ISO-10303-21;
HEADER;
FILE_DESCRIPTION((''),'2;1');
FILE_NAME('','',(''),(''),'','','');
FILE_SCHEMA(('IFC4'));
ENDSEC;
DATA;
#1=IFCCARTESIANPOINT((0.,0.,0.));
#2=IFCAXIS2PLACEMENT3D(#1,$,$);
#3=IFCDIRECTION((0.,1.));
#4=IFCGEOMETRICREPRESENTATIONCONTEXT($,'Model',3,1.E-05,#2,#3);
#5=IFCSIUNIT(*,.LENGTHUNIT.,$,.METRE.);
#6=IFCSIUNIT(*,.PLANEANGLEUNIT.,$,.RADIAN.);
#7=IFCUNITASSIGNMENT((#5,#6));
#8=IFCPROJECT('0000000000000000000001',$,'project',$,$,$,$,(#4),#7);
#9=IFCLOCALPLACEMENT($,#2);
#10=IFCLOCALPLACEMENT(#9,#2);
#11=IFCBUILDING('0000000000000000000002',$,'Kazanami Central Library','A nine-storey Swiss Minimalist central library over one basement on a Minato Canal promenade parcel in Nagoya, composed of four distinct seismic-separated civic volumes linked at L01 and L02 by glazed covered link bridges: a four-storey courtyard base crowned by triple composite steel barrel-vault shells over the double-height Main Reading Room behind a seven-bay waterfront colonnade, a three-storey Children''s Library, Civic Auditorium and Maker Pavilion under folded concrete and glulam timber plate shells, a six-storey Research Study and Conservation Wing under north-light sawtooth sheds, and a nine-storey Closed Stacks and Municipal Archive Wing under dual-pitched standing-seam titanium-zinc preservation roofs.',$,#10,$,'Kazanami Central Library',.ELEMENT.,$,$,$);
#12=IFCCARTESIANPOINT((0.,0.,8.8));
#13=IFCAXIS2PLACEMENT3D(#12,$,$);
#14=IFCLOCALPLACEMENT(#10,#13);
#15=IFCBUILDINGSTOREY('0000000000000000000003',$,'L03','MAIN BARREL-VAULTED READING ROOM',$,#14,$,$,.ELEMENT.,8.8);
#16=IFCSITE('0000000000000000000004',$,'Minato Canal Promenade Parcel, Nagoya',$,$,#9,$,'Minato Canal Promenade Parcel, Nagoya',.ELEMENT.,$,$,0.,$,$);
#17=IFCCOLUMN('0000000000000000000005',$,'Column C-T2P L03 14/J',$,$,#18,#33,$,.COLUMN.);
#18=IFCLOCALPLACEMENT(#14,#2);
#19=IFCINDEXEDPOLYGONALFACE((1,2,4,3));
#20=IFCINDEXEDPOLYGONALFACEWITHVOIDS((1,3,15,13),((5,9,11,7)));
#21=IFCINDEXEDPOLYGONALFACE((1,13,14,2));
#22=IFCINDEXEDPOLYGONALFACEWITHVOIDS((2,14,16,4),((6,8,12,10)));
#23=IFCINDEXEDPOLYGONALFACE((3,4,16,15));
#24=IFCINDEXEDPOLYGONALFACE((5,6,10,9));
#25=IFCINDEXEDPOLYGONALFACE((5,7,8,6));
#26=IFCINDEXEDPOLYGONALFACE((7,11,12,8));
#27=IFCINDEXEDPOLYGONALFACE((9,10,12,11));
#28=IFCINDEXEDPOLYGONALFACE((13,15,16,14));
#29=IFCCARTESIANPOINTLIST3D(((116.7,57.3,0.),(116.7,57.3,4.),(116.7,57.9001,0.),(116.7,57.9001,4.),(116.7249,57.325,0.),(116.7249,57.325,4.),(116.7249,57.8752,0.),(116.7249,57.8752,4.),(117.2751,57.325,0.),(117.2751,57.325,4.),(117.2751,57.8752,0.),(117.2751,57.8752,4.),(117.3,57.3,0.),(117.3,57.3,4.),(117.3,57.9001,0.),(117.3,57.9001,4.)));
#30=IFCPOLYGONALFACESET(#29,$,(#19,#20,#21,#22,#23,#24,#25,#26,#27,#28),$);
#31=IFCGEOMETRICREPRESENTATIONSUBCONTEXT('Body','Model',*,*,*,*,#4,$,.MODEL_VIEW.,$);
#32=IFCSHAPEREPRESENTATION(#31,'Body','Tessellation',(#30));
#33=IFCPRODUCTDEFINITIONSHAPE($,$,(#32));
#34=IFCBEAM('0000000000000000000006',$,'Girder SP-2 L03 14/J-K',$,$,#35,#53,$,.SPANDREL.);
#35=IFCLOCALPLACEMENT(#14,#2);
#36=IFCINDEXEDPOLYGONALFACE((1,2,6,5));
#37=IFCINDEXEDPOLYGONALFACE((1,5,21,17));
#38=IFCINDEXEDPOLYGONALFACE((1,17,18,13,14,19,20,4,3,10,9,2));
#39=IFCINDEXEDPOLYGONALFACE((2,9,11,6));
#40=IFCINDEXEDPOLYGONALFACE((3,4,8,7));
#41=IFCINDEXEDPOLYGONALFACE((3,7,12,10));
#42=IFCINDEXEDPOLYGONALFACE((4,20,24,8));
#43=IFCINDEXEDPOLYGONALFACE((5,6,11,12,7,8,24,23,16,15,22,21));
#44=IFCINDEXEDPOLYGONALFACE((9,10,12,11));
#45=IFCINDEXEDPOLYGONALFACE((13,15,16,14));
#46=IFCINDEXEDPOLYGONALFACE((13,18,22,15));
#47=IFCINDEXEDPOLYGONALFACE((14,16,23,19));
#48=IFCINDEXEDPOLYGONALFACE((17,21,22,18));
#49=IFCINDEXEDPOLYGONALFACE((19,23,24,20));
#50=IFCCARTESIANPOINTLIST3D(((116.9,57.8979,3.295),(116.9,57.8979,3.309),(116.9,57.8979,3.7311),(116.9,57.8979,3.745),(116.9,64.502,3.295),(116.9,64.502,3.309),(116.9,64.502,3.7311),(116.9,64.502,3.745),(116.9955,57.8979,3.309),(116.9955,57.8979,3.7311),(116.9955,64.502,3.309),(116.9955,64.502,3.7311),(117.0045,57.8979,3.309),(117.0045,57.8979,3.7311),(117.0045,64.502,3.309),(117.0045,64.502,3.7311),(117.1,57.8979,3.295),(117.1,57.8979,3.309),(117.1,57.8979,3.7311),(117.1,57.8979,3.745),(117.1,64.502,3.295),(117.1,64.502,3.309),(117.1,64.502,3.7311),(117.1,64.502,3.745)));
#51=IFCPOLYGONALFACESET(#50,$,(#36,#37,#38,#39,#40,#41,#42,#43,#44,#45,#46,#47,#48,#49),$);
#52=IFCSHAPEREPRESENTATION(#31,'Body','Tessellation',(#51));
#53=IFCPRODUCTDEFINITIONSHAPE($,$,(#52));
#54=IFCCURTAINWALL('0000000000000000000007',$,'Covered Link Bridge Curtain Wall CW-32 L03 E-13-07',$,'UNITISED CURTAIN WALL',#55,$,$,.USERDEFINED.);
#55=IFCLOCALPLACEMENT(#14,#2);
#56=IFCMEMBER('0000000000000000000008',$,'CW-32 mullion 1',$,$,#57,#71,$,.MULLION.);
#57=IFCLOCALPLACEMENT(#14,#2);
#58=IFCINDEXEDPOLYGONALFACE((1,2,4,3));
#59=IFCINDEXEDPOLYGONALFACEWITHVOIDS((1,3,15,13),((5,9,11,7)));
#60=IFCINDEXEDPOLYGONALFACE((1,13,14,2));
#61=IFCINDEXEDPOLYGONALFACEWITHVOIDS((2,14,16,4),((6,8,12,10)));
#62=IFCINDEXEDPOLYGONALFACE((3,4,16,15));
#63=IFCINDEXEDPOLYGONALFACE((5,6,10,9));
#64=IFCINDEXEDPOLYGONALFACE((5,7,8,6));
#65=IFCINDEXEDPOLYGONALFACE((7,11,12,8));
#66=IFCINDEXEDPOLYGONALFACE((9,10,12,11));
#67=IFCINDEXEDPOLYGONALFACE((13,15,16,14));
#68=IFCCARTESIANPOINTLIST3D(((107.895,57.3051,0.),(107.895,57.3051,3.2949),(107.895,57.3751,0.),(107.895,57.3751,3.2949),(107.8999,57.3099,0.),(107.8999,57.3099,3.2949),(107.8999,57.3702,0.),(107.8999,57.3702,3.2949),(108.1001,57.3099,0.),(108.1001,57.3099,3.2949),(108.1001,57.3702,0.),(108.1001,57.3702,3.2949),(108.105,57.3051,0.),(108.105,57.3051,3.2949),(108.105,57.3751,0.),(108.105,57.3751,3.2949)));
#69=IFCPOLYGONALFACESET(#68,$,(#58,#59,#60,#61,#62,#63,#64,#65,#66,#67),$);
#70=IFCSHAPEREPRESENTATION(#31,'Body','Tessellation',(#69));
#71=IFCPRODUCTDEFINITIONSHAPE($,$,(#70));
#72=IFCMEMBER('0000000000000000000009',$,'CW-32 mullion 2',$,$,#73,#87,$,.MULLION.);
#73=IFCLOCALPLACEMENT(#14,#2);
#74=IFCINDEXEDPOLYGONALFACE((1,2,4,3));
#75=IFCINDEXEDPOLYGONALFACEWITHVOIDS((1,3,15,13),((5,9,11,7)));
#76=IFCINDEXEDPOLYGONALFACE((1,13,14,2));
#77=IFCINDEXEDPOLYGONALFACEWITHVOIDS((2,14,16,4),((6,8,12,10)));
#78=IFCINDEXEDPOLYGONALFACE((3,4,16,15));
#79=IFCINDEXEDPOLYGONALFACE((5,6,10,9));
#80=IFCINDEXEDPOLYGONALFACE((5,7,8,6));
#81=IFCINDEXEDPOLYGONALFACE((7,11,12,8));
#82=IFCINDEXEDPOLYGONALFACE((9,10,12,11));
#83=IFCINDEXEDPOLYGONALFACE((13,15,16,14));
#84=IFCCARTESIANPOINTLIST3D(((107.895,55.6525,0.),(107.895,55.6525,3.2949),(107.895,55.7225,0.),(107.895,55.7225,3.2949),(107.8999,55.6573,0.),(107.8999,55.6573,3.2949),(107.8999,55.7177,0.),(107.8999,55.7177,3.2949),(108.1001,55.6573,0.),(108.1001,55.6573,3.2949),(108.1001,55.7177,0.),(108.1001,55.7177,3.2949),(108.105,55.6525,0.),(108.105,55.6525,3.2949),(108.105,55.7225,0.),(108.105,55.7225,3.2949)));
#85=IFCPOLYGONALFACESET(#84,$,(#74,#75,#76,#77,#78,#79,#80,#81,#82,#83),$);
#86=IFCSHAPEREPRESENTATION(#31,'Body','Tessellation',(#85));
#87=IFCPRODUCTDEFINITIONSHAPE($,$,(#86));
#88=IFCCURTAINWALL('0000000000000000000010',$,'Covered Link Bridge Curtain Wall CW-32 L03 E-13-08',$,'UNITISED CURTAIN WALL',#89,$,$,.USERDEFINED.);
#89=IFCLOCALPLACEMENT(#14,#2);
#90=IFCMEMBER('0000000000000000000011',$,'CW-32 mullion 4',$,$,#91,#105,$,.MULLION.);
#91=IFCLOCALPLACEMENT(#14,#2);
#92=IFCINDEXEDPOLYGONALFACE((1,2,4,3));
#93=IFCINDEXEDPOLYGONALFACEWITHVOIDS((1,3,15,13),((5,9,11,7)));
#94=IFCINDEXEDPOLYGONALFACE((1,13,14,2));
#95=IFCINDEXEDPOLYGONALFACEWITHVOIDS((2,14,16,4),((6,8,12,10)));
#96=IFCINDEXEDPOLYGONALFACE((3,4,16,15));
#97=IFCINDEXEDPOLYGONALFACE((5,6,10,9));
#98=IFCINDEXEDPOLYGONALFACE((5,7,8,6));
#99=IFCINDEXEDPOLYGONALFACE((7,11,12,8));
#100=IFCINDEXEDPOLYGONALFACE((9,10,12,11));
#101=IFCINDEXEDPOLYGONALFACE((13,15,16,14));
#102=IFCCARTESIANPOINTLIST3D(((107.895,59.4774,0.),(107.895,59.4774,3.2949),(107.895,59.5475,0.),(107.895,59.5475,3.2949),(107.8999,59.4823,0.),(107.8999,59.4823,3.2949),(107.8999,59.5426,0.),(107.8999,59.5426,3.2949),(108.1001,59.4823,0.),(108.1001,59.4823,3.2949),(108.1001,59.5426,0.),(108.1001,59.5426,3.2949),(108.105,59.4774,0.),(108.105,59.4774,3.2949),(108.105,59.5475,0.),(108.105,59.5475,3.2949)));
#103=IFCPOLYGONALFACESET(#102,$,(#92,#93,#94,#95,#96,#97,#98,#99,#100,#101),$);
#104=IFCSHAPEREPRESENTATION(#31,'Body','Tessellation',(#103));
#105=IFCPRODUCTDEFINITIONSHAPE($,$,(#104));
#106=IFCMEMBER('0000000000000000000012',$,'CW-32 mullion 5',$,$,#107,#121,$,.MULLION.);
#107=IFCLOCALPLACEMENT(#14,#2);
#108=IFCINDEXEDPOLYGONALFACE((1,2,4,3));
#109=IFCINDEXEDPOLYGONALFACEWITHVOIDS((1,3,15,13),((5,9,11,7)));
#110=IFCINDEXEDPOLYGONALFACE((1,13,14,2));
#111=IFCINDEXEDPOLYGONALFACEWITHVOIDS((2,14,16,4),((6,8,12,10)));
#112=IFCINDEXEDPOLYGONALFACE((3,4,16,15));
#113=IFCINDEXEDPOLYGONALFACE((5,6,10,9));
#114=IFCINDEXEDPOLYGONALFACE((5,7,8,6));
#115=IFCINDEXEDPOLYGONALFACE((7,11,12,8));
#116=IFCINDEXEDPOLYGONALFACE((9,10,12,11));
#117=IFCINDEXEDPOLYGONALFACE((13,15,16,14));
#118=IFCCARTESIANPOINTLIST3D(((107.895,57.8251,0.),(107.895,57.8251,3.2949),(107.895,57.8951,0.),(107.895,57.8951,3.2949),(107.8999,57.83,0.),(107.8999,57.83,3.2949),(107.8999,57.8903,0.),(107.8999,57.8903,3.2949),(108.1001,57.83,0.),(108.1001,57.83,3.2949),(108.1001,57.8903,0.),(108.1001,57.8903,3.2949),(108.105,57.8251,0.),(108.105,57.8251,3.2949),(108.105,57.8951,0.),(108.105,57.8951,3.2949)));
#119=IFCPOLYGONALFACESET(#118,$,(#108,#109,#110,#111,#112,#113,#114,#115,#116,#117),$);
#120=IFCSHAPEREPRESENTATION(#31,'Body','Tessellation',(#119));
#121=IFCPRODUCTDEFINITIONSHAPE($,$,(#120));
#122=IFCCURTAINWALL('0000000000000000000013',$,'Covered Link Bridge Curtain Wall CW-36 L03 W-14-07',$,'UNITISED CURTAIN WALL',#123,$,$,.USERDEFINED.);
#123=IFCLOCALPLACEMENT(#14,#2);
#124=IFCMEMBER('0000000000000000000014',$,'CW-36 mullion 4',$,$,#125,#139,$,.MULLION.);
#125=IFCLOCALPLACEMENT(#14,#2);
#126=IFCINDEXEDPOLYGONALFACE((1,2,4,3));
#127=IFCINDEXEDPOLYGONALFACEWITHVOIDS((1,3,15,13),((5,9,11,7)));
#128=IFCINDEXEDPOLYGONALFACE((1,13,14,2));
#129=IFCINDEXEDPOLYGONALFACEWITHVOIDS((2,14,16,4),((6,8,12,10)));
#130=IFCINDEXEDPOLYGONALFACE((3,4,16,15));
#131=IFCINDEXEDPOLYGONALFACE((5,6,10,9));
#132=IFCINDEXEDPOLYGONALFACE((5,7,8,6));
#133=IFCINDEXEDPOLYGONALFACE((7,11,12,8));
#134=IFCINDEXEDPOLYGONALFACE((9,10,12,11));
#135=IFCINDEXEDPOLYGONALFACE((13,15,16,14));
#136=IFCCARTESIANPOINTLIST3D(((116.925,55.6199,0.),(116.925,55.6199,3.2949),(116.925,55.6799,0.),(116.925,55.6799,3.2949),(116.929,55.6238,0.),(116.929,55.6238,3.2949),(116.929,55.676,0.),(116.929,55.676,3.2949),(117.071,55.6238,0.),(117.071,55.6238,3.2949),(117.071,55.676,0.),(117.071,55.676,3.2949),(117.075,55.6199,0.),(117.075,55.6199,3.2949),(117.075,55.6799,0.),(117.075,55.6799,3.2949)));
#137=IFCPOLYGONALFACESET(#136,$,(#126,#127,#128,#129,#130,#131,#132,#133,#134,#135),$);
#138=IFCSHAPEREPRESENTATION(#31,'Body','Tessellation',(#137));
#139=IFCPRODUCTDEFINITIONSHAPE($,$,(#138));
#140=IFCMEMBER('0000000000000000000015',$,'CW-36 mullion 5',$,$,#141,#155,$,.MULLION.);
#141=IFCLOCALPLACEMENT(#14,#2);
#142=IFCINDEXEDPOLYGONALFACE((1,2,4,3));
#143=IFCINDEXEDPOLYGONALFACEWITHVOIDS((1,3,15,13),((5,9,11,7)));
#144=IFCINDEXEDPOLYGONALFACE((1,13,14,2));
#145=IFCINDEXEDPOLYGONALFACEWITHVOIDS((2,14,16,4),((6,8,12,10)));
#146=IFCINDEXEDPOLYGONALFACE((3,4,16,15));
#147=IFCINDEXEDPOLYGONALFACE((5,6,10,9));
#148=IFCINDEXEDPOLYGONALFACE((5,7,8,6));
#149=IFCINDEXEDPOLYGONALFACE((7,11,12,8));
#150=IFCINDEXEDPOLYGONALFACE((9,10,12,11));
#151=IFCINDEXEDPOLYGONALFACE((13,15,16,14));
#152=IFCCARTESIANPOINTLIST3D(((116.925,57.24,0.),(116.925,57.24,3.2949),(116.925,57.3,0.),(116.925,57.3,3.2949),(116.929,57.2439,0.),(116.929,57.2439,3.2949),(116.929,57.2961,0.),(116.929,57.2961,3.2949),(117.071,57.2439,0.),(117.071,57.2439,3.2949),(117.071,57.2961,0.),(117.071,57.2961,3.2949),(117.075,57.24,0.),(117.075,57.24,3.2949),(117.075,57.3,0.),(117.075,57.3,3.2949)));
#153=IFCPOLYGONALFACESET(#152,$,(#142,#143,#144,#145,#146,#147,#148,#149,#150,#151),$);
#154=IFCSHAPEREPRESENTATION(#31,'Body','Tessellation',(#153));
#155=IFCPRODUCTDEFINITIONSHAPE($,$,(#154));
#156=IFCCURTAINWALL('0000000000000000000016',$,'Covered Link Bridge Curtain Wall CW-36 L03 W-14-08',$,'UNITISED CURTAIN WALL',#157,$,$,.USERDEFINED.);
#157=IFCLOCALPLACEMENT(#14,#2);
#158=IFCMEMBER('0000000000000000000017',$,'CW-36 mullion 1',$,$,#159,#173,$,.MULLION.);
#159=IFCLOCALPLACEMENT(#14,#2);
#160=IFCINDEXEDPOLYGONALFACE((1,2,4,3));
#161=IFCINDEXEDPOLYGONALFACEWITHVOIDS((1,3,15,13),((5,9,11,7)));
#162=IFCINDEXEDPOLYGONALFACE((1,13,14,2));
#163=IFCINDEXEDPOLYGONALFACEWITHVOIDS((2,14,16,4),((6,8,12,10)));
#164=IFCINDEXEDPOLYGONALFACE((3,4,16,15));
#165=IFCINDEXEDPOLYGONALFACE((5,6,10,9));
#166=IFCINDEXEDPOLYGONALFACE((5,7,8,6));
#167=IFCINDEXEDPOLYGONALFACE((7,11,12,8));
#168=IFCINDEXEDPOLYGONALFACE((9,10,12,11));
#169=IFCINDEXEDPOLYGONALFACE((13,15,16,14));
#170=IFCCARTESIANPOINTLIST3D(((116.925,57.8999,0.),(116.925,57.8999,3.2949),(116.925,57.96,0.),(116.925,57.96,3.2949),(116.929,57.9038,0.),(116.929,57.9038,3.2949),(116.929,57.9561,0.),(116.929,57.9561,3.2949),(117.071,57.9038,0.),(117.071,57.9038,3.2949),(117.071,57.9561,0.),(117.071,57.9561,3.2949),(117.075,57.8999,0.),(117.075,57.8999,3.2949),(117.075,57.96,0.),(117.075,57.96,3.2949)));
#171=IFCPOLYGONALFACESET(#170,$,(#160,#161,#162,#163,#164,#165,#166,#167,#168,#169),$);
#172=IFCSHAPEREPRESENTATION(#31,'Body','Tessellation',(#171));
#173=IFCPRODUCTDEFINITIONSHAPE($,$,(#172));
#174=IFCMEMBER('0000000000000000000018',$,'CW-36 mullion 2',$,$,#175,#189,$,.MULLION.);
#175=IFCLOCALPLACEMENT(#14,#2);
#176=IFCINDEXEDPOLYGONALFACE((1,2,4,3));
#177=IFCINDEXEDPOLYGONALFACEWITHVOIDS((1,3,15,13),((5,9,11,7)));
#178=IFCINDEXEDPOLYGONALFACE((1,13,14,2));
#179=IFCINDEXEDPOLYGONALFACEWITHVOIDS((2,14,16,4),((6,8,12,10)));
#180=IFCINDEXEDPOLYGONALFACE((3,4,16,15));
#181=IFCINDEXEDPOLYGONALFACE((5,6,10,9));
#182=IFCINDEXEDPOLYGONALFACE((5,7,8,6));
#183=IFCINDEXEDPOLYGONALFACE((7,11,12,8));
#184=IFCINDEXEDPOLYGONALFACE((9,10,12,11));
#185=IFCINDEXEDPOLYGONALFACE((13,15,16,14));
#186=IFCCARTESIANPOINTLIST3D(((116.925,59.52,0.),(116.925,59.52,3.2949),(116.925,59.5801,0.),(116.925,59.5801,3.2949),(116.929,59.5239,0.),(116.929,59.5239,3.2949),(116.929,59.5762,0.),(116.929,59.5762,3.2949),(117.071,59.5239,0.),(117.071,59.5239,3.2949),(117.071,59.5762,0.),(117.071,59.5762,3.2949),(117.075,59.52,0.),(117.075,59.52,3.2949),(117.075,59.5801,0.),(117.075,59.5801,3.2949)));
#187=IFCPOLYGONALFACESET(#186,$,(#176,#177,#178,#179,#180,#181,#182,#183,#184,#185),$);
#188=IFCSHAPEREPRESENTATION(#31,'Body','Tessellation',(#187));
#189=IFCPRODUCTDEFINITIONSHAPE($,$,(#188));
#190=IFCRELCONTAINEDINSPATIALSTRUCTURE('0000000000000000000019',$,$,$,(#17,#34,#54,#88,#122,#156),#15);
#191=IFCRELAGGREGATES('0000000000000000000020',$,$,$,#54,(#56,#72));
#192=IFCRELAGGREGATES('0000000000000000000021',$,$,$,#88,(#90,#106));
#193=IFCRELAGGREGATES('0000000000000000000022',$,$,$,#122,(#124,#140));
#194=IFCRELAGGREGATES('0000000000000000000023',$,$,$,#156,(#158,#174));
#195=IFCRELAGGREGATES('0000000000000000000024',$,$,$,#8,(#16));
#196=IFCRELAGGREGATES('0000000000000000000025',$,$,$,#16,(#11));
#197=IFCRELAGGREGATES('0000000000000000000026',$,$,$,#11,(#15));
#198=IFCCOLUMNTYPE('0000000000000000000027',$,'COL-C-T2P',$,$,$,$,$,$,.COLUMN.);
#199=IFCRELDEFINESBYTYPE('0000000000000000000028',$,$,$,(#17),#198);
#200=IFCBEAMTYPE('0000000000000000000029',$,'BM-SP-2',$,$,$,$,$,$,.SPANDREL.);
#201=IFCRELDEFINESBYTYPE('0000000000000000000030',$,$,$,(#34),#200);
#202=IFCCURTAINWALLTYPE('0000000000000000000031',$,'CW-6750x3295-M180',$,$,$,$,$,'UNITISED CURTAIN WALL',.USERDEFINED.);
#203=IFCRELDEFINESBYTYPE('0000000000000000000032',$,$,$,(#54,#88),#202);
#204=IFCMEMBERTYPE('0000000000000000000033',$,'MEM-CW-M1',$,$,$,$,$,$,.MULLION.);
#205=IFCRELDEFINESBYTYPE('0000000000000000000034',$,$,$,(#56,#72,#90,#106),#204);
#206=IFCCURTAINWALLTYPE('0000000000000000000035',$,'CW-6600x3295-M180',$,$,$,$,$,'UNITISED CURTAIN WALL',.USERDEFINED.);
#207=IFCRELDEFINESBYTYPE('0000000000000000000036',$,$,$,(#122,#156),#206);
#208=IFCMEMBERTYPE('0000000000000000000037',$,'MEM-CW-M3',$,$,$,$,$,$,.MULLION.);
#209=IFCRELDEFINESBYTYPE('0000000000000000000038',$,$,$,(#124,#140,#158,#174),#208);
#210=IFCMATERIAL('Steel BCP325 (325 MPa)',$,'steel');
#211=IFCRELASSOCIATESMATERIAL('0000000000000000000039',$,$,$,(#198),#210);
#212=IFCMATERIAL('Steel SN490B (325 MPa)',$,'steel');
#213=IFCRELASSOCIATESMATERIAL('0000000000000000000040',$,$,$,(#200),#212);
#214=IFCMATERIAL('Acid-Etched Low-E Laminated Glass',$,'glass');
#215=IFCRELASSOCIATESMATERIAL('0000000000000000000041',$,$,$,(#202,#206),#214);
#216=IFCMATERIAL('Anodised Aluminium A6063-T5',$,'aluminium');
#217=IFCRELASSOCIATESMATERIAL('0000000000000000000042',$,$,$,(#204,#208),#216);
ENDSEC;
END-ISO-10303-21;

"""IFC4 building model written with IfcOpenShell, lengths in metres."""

from ifc_helpers import new_model, si_unit, direction, frame, origin, origin_2d, place, context, subcontext, project, spatial, hollow_rectangle, i_section, extrude, material, material_profile, profile_set, type_object, element, aggregate, save


model = new_model("IFC4")

# Units and contexts
model_context = context("Model", 3, precision=1e-05, world=origin(), true_north=direction((0.0, 1.0)))
body_context = subcontext(model_context, "Body", "Model", "MODEL_VIEW")
ifc_project = project(units=[si_unit("LENGTHUNIT", "METRE"), si_unit("PLANEANGLEUNIT", "RADIAN")], contexts=[model_context])

# Site, building, storey
site_placement = place(None, origin())
site = spatial("IfcSite", under=ifc_project, at=site_placement, Name="Minato Canal Promenade Parcel, Nagoya", LongName="Minato Canal Promenade Parcel, Nagoya", CompositionType="ELEMENT", RefElevation=0.0)
building_placement = place(site_placement, origin())
building = spatial("IfcBuilding", under=site, at=building_placement, Name="Kazanami Central Library", Description="A nine-storey Swiss Minimalist central library over one basement on a Minato Canal promenade parcel in Nagoya, composed of four distinct seismic-separated civic volumes linked at L01 and L02 by glazed covered link bridges: a four-storey courtyard base crowned by triple composite steel barrel-vault shells over the double-height Main Reading Room behind a seven-bay waterfront colonnade, a three-storey Children's Library, Civic Auditorium and Maker Pavilion under folded concrete and glulam timber plate shells, a six-storey Research Study and Conservation Wing under north-light sawtooth sheds, and a nine-storey Closed Stacks and Municipal Archive Wing under dual-pitched standing-seam titanium-zinc preservation roofs.", LongName="Kazanami Central Library", CompositionType="ELEMENT")
storey_placement = place(building_placement, frame((0.0, 0.0, 8.8)))
storey = spatial("IfcBuildingStorey", under=building, at=storey_placement, Name="L03", Description="MAIN BARREL-VAULTED READING ROOM", CompositionType="ELEMENT", Elevation=8.8)

# Column
ifc_material_1 = material(Name="Steel BCP325 (325 MPa)", Category="steel")
ifc_material_profile_1 = material_profile(ifc_material_1, hollow_rectangle(XDim=0.6001, YDim=0.6001, WallThickness=0.0249, at=origin_2d()), Name="BCP-600x600x25")
ifc_profile_set_1 = profile_set([ifc_material_profile_1], Name="Steel BCP325 (325 MPa)")
column_type = type_object("IfcColumnType", Name="COL-C-T2P", PredefinedType="COLUMN", material=ifc_profile_set_1)
column_placement = place(storey_placement, frame((117.0, 57.6001, 0.0), z_axis=(0.0, 0.0, 1.0), x_axis=(1.0, 0.0, 0.0)))
element("IfcColumn", 1, at=column_placement, inside=storey, type_object=column_type, Name="Column C-T2P L03 14/J", PredefinedType="COLUMN", context=body_context, shape_type="SweptSolid", body=[
    extrude(hollow_rectangle(XDim=0.6001, YDim=0.6001, WallThickness=0.0249, at=origin_2d()), origin(), (0.0, 0.0, 1.0), 4.0),
])

# Beam
ifc_material_2 = material(Name="Steel SN490B (325 MPa)", Category="steel")
ifc_material_profile_2 = material_profile(ifc_material_2, i_section(OverallWidth=0.2, OverallDepth=0.45, WebThickness=0.009, FlangeThickness=0.0139, at=origin_2d()), Name="H-450x200x9x14")
ifc_profile_set_2 = profile_set([ifc_material_profile_2], Name="Steel SN490B (325 MPa)")
beam_type = type_object("IfcBeamType", Name="BM-SP-2", PredefinedType="SPANDREL", material=ifc_profile_set_2)
beam_placement = place(storey_placement, frame((117.0, 57.8979, 3.52), z_axis=(0.0, 1.0, 0.0), x_axis=(-1.0, 0.0, 0.0)))
element("IfcBeam", 2, at=beam_placement, inside=storey, type_object=beam_type, Name="Girder SP-2 L03 14/J-K", PredefinedType="SPANDREL", context=body_context, shape_type="SweptSolid", body=[
    extrude(i_section(OverallWidth=0.2, OverallDepth=0.45, WebThickness=0.009, FlangeThickness=0.0139, at=origin_2d()), origin(), (0.0, 0.0, 1.0), 6.604),
])

# Curtain walls, members
ifc_material_3 = material(Name="Acid-Etched Low-E Laminated Glass", Category="glass")
curtain_wall_type_1 = type_object("IfcCurtainWallType", Name="CW-6750x3295-M180", ElementType="UNITISED CURTAIN WALL", PredefinedType="USERDEFINED", material=ifc_material_3)
curtain_wall_1_placement = place(storey_placement, origin())
curtain_wall_1 = element("IfcCurtainWall", 3, at=curtain_wall_1_placement, inside=storey, type_object=curtain_wall_type_1, Name="Covered Link Bridge Curtain Wall CW-32 L03 E-13-07", ObjectType="UNITISED CURTAIN WALL", PredefinedType="USERDEFINED")
ifc_material_4 = material(Name="Anodised Aluminium A6063-T5", Category="aluminium")
ifc_material_profile_3 = material_profile(ifc_material_4, hollow_rectangle(XDim=0.0701, YDim=0.21, WallThickness=0.0049, at=origin_2d()), Name="ALU-MULL-70x210x5")
ifc_profile_set_3 = profile_set([ifc_material_profile_3], Name="Anodised Aluminium A6063-T5")
member_type_1 = type_object("IfcMemberType", Name="MEM-CW-M1", PredefinedType="MULLION", material=ifc_profile_set_3)
member_1_placement = place(storey_placement, frame((108.0, 57.3401, 0.0), z_axis=(0.0, 0.0, 1.0), x_axis=(0.0, -1.0, 0.0)))
member_1 = element("IfcMember", 4, at=member_1_placement, type_object=member_type_1, Name="CW-32 mullion 1", PredefinedType="MULLION", context=body_context, shape_type="SweptSolid", body=[
    extrude(hollow_rectangle(XDim=0.0701, YDim=0.21, WallThickness=0.0049, at=origin_2d()), origin(), (0.0, 0.0, 1.0), 3.2949),
])
member_2_placement = place(storey_placement, frame((108.0, 55.6875, 0.0), z_axis=(0.0, 0.0, 1.0), x_axis=(0.0, -1.0, 0.0)))
member_2 = element("IfcMember", 5, at=member_2_placement, type_object=member_type_1, Name="CW-32 mullion 2", PredefinedType="MULLION", context=body_context, shape_type="SweptSolid", body=[
    extrude(hollow_rectangle(XDim=0.0701, YDim=0.21, WallThickness=0.0049, at=origin_2d()), origin(), (0.0, 0.0, 1.0), 3.2949),
])
curtain_wall_2_placement = place(storey_placement, origin())
curtain_wall_2 = element("IfcCurtainWall", 6, at=curtain_wall_2_placement, inside=storey, type_object=curtain_wall_type_1, Name="Covered Link Bridge Curtain Wall CW-32 L03 E-13-08", ObjectType="UNITISED CURTAIN WALL", PredefinedType="USERDEFINED")
member_3_placement = place(storey_placement, frame((108.0, 59.5125, 0.0), z_axis=(0.0, 0.0, 1.0), x_axis=(0.0, -1.0, 0.0)))
member_3 = element("IfcMember", 7, at=member_3_placement, type_object=member_type_1, Name="CW-32 mullion 4", PredefinedType="MULLION", context=body_context, shape_type="SweptSolid", body=[
    extrude(hollow_rectangle(XDim=0.0701, YDim=0.21, WallThickness=0.0049, at=origin_2d()), origin(), (0.0, 0.0, 1.0), 3.2949),
])
member_4_placement = place(storey_placement, frame((108.0, 57.8601, 0.0), z_axis=(0.0, 0.0, 1.0), x_axis=(0.0, -1.0, 0.0)))
member_4 = element("IfcMember", 8, at=member_4_placement, type_object=member_type_1, Name="CW-32 mullion 5", PredefinedType="MULLION", context=body_context, shape_type="SweptSolid", body=[
    extrude(hollow_rectangle(XDim=0.0701, YDim=0.21, WallThickness=0.0049, at=origin_2d()), origin(), (0.0, 0.0, 1.0), 3.2949),
])
curtain_wall_type_2 = type_object("IfcCurtainWallType", Name="CW-6600x3295-M180", ElementType="UNITISED CURTAIN WALL", PredefinedType="USERDEFINED", material=ifc_material_3)
curtain_wall_3_placement = place(storey_placement, origin())
curtain_wall_3 = element("IfcCurtainWall", 9, at=curtain_wall_3_placement, inside=storey, type_object=curtain_wall_type_2, Name="Covered Link Bridge Curtain Wall CW-36 L03 W-14-07", ObjectType="UNITISED CURTAIN WALL", PredefinedType="USERDEFINED")
ifc_material_profile_4 = material_profile(ifc_material_4, hollow_rectangle(XDim=0.0601, YDim=0.1499, WallThickness=0.0039, at=origin_2d()), Name="ALU-MULL-60x150x4")
ifc_profile_set_4 = profile_set([ifc_material_profile_4], Name="Anodised Aluminium A6063-T5")
member_type_2 = type_object("IfcMemberType", Name="MEM-CW-M3", PredefinedType="MULLION", material=ifc_profile_set_4)
member_5_placement = place(storey_placement, frame((117.0, 55.6499, 0.0), z_axis=(0.0, 0.0, 1.0), x_axis=(0.0, 1.0, 0.0)))
member_5 = element("IfcMember", 10, at=member_5_placement, type_object=member_type_2, Name="CW-36 mullion 4", PredefinedType="MULLION", context=body_context, shape_type="SweptSolid", body=[
    extrude(hollow_rectangle(XDim=0.0601, YDim=0.1499, WallThickness=0.0039, at=origin_2d()), origin(), (0.0, 0.0, 1.0), 3.2949),
])
member_6_placement = place(storey_placement, frame((117.0, 57.27, 0.0), z_axis=(0.0, 0.0, 1.0), x_axis=(0.0, 1.0, 0.0)))
member_6 = element("IfcMember", 11, at=member_6_placement, type_object=member_type_2, Name="CW-36 mullion 5", PredefinedType="MULLION", context=body_context, shape_type="SweptSolid", body=[
    extrude(hollow_rectangle(XDim=0.0601, YDim=0.1499, WallThickness=0.0039, at=origin_2d()), origin(), (0.0, 0.0, 1.0), 3.2949),
])
curtain_wall_4_placement = place(storey_placement, origin())
curtain_wall_4 = element("IfcCurtainWall", 12, at=curtain_wall_4_placement, inside=storey, type_object=curtain_wall_type_2, Name="Covered Link Bridge Curtain Wall CW-36 L03 W-14-08", ObjectType="UNITISED CURTAIN WALL", PredefinedType="USERDEFINED")
member_7_placement = place(storey_placement, frame((117.0, 57.9299, 0.0), z_axis=(0.0, 0.0, 1.0), x_axis=(0.0, 1.0, 0.0)))
member_7 = element("IfcMember", 13, at=member_7_placement, type_object=member_type_2, Name="CW-36 mullion 1", PredefinedType="MULLION", context=body_context, shape_type="SweptSolid", body=[
    extrude(hollow_rectangle(XDim=0.0601, YDim=0.1499, WallThickness=0.0039, at=origin_2d()), origin(), (0.0, 0.0, 1.0), 3.2949),
])
member_8_placement = place(storey_placement, frame((117.0, 59.55, 0.0), z_axis=(0.0, 0.0, 1.0), x_axis=(0.0, 1.0, 0.0)))
member_8 = element("IfcMember", 14, at=member_8_placement, type_object=member_type_2, Name="CW-36 mullion 2", PredefinedType="MULLION", context=body_context, shape_type="SweptSolid", body=[
    extrude(hollow_rectangle(XDim=0.0601, YDim=0.1499, WallThickness=0.0039, at=origin_2d()), origin(), (0.0, 0.0, 1.0), 3.2949),
])

aggregate(curtain_wall_1, [member_1, member_2])
aggregate(curtain_wall_2, [member_3, member_4])
aggregate(curtain_wall_3, [member_5, member_6])
aggregate(curtain_wall_4, [member_7, member_8])

save(model, "model.ifc")
